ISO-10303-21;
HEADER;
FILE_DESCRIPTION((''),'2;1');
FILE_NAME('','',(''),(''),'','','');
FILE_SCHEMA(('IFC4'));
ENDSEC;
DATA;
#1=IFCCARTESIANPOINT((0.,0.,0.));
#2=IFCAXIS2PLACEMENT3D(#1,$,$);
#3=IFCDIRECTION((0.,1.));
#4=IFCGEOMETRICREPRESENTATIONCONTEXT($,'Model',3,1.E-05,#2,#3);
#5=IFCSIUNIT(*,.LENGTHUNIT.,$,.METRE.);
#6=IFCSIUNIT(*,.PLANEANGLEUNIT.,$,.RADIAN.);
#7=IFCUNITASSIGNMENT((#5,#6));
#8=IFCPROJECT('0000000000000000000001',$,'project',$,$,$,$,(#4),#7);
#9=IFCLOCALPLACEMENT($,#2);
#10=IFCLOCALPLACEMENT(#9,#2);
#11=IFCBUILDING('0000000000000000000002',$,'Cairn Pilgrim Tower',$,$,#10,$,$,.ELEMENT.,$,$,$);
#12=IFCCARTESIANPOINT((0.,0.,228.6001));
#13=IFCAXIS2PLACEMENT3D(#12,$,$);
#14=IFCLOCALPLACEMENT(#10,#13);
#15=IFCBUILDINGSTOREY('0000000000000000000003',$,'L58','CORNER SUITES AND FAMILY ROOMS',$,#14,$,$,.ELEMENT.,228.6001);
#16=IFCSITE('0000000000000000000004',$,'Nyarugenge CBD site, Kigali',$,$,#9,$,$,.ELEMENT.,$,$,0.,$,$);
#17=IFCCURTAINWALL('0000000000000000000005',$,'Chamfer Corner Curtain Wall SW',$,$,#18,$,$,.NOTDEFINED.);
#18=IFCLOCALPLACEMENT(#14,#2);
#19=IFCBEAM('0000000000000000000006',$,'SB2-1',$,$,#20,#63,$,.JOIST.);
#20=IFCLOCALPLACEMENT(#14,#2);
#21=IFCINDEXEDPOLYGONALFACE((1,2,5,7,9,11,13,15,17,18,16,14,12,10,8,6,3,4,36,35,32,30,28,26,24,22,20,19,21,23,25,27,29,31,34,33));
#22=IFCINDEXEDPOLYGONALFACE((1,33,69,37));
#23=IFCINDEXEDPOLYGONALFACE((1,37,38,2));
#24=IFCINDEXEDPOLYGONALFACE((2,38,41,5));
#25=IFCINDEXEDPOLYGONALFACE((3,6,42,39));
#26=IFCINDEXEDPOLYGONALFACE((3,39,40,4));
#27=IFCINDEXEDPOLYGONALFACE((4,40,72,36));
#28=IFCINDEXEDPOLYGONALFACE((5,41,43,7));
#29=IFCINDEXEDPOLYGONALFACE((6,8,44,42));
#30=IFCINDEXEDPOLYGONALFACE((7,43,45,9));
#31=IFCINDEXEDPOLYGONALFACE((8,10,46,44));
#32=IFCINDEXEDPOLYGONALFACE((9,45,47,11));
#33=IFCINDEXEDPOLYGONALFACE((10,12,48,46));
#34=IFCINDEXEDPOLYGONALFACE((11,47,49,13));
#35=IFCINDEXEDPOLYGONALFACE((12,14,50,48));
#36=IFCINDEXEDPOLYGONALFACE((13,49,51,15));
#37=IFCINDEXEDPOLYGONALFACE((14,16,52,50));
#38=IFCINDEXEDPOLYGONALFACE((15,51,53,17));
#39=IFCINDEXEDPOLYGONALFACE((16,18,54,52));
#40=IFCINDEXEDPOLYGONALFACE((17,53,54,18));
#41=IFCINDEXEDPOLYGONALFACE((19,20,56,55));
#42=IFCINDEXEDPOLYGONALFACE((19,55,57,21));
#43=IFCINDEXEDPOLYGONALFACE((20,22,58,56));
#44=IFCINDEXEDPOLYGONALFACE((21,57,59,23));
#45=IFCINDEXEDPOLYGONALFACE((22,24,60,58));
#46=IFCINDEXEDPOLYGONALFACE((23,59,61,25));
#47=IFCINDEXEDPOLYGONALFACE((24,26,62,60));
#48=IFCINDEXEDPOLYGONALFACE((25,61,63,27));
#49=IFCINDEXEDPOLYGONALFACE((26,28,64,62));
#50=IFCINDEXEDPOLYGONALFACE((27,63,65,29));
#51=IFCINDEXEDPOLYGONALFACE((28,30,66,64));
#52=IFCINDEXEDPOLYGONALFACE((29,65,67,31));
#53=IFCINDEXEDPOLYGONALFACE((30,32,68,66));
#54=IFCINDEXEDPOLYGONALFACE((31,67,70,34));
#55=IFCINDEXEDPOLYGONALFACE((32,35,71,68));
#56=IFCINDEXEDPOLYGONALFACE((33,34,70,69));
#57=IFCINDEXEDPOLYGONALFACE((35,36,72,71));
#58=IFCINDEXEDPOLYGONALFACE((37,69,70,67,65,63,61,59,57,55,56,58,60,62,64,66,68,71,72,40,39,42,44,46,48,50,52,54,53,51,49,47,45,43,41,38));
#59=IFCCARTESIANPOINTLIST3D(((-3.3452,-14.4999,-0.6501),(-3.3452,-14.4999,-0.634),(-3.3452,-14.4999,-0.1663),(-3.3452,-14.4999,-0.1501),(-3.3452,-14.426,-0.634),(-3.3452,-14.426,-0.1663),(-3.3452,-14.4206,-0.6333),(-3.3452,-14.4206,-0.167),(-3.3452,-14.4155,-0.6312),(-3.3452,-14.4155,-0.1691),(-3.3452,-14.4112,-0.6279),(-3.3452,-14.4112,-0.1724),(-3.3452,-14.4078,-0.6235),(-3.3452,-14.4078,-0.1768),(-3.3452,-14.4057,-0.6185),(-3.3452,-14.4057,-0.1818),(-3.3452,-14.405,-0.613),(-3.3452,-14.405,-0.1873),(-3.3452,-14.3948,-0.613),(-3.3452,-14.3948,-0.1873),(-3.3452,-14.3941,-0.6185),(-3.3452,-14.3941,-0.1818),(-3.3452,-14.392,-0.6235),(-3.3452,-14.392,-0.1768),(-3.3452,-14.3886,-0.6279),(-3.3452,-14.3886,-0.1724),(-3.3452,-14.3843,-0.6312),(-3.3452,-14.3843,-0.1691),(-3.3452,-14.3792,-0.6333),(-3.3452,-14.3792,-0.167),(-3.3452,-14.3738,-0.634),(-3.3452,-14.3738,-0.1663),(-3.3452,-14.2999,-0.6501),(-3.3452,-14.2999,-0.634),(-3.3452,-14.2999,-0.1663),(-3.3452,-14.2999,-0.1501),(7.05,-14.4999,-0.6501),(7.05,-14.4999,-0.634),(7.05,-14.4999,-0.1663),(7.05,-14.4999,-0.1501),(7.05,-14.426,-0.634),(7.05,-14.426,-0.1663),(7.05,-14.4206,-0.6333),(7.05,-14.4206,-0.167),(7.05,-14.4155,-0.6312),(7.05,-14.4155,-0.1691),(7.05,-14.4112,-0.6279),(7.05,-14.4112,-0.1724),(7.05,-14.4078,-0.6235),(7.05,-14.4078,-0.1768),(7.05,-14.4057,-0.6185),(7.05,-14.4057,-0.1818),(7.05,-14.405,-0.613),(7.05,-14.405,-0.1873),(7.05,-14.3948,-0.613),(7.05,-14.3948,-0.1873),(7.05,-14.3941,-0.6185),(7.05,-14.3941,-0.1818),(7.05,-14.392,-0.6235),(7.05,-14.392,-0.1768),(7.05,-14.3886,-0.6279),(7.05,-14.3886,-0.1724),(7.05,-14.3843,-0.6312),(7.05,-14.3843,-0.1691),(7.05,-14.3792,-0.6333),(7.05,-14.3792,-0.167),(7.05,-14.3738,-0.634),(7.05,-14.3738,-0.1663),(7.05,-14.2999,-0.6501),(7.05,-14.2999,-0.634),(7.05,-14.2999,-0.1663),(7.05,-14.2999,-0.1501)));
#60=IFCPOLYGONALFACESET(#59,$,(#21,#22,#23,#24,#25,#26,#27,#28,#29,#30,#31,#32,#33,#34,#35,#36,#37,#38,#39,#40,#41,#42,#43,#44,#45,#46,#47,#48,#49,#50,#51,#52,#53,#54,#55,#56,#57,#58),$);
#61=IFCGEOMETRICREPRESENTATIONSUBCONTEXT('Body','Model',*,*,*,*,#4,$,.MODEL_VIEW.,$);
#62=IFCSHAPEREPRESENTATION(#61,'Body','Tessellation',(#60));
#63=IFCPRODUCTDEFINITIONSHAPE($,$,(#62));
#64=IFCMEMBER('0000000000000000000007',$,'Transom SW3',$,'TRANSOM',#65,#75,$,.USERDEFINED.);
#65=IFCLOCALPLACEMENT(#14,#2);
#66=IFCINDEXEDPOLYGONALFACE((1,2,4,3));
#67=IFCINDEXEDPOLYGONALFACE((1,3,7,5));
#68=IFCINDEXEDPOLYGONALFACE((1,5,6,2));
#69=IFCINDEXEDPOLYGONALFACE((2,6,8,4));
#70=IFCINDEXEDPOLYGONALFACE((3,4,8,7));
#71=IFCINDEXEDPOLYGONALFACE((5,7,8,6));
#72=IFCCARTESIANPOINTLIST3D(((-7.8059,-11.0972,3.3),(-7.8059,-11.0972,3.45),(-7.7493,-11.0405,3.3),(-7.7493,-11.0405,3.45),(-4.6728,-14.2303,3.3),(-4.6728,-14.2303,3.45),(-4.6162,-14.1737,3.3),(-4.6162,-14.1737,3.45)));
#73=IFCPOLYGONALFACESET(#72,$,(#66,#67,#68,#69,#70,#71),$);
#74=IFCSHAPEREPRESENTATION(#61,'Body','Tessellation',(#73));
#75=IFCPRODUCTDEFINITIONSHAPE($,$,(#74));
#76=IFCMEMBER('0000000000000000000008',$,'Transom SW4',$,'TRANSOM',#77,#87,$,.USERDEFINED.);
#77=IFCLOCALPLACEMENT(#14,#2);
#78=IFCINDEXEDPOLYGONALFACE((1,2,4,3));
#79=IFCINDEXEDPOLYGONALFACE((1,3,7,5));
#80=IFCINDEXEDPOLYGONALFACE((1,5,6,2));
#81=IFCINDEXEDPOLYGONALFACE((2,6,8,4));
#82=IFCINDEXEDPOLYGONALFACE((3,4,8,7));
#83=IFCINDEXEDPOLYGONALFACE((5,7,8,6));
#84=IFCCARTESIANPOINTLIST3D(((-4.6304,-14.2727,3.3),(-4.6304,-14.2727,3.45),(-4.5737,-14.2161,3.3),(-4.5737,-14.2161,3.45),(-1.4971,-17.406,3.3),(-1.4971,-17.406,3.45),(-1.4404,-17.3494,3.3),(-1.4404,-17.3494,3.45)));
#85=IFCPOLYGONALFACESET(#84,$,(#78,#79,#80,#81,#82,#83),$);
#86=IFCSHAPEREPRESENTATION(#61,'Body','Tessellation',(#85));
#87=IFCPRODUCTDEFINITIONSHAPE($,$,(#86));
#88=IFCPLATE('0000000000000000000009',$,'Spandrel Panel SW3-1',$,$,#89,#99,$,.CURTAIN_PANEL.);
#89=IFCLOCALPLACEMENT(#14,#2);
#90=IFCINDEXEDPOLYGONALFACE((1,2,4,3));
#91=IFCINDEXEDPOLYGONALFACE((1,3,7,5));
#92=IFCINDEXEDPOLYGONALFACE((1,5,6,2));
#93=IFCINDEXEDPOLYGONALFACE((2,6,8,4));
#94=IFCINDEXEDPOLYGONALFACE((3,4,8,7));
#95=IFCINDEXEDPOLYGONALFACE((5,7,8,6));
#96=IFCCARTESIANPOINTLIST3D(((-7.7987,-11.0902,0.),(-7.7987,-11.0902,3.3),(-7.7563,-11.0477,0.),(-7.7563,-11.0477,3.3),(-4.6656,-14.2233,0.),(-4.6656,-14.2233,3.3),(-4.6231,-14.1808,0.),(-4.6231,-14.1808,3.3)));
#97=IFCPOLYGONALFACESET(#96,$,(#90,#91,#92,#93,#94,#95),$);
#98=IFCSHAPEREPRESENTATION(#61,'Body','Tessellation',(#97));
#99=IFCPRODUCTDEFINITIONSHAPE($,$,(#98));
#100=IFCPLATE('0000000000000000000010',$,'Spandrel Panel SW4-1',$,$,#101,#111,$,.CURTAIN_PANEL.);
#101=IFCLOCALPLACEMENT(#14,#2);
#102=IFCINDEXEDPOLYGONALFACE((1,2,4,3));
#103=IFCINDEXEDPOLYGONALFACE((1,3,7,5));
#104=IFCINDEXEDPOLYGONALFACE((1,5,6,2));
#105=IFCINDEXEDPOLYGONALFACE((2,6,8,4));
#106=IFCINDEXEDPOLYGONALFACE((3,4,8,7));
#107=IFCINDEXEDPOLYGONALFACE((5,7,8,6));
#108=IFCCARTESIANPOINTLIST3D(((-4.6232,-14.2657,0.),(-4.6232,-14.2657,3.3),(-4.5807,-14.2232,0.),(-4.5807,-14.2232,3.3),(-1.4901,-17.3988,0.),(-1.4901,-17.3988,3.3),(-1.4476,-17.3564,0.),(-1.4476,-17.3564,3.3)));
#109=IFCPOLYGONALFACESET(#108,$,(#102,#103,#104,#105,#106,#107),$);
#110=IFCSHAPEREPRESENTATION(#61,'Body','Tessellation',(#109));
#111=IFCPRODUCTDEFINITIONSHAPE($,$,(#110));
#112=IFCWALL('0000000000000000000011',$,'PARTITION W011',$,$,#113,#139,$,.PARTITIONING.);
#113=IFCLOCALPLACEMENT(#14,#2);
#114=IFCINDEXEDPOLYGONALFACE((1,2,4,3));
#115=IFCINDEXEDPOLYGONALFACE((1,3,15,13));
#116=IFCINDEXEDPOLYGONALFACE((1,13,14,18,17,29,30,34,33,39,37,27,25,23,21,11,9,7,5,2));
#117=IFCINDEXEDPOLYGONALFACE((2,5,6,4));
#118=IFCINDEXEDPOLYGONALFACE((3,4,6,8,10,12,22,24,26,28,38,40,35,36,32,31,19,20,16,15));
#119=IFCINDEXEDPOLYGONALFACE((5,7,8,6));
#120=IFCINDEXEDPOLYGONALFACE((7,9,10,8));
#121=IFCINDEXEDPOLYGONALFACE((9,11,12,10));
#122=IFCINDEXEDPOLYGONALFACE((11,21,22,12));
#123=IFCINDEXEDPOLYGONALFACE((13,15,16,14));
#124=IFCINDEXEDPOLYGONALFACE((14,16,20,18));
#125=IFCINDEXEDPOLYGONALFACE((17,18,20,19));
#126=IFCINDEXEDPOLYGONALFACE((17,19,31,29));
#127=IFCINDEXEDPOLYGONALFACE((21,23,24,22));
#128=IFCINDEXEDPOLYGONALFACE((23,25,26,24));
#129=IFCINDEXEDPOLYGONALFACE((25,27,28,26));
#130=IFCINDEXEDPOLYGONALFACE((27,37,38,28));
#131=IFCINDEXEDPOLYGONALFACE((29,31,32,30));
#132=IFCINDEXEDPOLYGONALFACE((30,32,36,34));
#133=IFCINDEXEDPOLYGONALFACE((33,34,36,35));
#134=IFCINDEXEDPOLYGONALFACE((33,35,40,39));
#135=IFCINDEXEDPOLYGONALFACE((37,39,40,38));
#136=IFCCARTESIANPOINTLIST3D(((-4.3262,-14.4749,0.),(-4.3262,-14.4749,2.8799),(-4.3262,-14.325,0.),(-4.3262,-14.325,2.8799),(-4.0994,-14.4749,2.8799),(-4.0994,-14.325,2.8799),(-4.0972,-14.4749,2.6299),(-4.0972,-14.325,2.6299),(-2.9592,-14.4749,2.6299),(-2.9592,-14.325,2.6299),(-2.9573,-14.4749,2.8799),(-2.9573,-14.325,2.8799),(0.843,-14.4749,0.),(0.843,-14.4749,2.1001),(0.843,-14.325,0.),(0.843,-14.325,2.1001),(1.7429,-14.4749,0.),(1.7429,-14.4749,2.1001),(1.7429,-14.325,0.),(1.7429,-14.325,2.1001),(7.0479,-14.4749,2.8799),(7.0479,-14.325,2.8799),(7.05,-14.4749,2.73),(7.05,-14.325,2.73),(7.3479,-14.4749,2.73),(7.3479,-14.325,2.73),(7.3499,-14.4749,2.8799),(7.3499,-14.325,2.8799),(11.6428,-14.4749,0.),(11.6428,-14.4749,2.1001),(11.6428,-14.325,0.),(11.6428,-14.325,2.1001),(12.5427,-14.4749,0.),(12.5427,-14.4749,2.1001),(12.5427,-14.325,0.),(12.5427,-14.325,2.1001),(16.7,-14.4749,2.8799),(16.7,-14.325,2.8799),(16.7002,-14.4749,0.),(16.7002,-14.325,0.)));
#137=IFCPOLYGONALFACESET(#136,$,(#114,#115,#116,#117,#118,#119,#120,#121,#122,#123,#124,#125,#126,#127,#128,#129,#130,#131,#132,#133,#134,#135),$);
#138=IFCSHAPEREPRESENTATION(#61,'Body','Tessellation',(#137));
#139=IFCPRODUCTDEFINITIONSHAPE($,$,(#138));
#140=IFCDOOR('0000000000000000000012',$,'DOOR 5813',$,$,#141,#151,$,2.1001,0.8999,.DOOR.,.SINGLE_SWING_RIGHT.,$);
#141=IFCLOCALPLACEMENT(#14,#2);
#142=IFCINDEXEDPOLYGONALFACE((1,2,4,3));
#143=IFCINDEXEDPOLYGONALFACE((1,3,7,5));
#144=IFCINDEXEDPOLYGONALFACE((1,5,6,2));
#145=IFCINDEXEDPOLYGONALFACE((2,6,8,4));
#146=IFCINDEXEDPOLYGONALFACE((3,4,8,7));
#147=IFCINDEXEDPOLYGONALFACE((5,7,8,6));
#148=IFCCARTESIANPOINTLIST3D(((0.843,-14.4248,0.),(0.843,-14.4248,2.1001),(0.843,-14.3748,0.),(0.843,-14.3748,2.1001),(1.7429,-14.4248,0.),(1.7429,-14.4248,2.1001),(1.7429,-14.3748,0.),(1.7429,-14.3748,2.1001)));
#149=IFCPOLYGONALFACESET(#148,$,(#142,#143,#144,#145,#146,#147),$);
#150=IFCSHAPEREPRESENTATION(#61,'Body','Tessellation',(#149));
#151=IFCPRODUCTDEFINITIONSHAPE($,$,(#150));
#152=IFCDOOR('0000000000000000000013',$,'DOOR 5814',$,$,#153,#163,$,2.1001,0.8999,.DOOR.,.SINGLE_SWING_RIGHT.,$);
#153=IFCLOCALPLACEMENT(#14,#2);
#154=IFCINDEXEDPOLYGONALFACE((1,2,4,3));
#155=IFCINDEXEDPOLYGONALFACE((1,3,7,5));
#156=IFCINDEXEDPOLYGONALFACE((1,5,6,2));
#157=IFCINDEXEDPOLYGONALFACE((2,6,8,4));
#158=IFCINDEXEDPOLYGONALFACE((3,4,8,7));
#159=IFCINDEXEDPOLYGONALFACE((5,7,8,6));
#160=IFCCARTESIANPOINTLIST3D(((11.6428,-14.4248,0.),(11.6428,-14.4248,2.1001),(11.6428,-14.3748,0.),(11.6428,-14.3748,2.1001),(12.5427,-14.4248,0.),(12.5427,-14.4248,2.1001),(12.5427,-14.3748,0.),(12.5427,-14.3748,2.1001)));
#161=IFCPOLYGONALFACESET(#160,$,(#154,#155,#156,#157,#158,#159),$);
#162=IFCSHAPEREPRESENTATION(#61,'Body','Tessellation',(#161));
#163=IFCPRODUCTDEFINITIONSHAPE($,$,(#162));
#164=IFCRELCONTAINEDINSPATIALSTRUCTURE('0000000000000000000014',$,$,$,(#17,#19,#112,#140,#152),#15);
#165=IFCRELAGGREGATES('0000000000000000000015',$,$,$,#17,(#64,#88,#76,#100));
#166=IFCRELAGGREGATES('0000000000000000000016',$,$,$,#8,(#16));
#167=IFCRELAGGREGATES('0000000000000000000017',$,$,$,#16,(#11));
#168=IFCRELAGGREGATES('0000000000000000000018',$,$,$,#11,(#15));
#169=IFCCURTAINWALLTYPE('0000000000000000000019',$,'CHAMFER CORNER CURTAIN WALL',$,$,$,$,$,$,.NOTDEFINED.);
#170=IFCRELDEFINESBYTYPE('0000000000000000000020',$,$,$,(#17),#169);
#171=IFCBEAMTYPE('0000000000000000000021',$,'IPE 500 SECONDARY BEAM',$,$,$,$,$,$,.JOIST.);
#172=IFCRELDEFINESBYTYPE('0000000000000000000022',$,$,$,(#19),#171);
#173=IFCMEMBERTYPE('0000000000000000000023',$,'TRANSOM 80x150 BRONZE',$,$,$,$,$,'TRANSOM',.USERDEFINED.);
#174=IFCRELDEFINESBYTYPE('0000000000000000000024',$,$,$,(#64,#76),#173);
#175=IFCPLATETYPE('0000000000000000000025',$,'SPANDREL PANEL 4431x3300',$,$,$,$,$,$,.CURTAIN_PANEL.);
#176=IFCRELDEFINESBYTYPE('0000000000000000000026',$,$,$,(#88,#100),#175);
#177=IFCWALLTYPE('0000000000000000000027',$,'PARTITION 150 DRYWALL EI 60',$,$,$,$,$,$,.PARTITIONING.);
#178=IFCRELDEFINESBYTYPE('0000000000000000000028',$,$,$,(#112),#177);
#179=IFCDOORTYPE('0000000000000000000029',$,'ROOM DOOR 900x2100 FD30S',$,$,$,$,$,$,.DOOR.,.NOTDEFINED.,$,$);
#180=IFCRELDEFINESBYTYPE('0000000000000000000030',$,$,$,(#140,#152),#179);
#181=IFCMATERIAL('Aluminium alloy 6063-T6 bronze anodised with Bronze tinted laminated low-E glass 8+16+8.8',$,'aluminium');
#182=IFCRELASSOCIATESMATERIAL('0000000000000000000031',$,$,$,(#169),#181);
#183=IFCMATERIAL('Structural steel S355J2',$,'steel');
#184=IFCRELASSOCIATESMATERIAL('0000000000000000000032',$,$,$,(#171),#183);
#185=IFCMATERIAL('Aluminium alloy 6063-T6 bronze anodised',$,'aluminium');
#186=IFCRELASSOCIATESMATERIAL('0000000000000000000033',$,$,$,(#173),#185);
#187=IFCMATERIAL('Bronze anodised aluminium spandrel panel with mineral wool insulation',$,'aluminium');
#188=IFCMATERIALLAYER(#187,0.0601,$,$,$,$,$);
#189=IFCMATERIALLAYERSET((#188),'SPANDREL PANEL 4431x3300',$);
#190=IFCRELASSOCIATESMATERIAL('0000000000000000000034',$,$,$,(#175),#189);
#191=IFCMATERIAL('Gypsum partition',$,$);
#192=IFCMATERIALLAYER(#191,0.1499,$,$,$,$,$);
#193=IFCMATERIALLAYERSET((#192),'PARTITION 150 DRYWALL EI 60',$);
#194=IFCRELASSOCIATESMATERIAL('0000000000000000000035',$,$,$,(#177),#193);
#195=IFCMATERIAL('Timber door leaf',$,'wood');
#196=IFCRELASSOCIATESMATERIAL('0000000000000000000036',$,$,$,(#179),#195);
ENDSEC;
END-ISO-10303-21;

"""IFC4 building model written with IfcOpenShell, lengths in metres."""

from ifc_helpers import new_model, si_unit, direction, frame, frame_2d, origin, origin_2d, place, context, subcontext, project, spatial, polyline, rectangle, i_section, outline, extrude, material, layer, layer_set, material_profile, profile_set, type_object, element, fill, aggregate, save


model = new_model("IFC4")

# Units and contexts
model_context = context("Model", 3, precision=1e-05, world=origin(), true_north=direction((0.0, 1.0)))
body_context = subcontext(model_context, "Body", "Model", "MODEL_VIEW")
ifc_project = project(units=[si_unit("LENGTHUNIT", "METRE"), si_unit("PLANEANGLEUNIT", "RADIAN")], contexts=[model_context])

# Site, building, storey
site_placement = place(None, origin())
site = spatial("IfcSite", under=ifc_project, at=site_placement, Name="Nyarugenge CBD site, Kigali", CompositionType="ELEMENT", RefElevation=0.0)
building_placement = place(site_placement, origin())
building = spatial("IfcBuilding", under=site, at=building_placement, Name="Cairn Pilgrim Tower", CompositionType="ELEMENT")
storey_placement = place(building_placement, frame((0.0, 0.0, 228.6001)))
storey = spatial("IfcBuildingStorey", under=building, at=storey_placement, Name="L58", Description="CORNER SUITES AND FAMILY ROOMS", CompositionType="ELEMENT", Elevation=228.6001)

# Shared definitions
ifc_material_1 = material(Name="Structural steel S355J2", Category="steel")

# Curtain wall
ifc_material_2 = material(Name="Aluminium alloy 6063-T6 bronze anodised with Bronze tinted laminated low-E glass 8+16+8.8", Category="aluminium")
curtain_wall_type = type_object("IfcCurtainWallType", Name="CHAMFER CORNER CURTAIN WALL", PredefinedType="NOTDEFINED", material=ifc_material_2)
curtain_wall_placement = place(storey_placement, origin())
curtain_wall = element("IfcCurtainWall", 1, at=curtain_wall_placement, inside=storey, type_object=curtain_wall_type, Name="Chamfer Corner Curtain Wall SW", PredefinedType="NOTDEFINED")
ifc_material_3 = material(Name="Aluminium alloy 6063-T6 bronze anodised", Category="aluminium")

# Beam
ifc_material_profile_1 = material_profile(ifc_material_1, i_section(OverallWidth=0.2, OverallDepth=0.5, WebThickness=0.0103, FlangeThickness=0.0161, FilletRadius=0.021, at=origin_2d()), Name="IPE 500")
ifc_profile_set_1 = profile_set([ifc_material_profile_1], Name="Structural steel S355J2")
beam_type_1 = type_object("IfcBeamType", Name="IPE 500 SECONDARY BEAM", PredefinedType="JOIST", material=ifc_profile_set_1)
beam_1_placement = place(storey_placement, frame((-3.3452, -14.3999, -0.4001), z_axis=(1.0, 0.0, 0.0), x_axis=(0.0, 1.0, 0.0)))
element("IfcBeam", 2, at=beam_1_placement, inside=storey, type_object=beam_type_1, Name="SB2-1", PredefinedType="JOIST", context=body_context, shape_type="SweptSolid", body=[
    extrude(i_section(OverallWidth=0.2, OverallDepth=0.5, WebThickness=0.0103, FlangeThickness=0.0161, FilletRadius=0.021, at=origin_2d()), origin(), (0.0, 0.0, 1.0), 10.3953),
])

# Members
ifc_material_profile_2 = material_profile(ifc_material_3, rectangle(XDim=0.0801, YDim=0.1499, at=origin_2d()), Name="TRANSOM 80x150 BRONZE")
ifc_profile_set_2 = profile_set([ifc_material_profile_2], Name="Aluminium alloy 6063-T6 bronze anodised")
member_type_1 = type_object("IfcMemberType", Name="TRANSOM 80x150 BRONZE", ElementType="TRANSOM", PredefinedType="USERDEFINED", material=ifc_profile_set_2)
member_1_placement = place(storey_placement, frame((-7.7776, -11.0688, 3.375), z_axis=(0.707107, -0.707107, 0.0), x_axis=(0.707107, 0.707107, 0.0)))
member_1 = element("IfcMember", 3, at=member_1_placement, type_object=member_type_1, Name="Transom SW3", ObjectType="TRANSOM", PredefinedType="USERDEFINED", context=body_context, shape_type="SweptSolid", body=[
    extrude(rectangle(XDim=0.0801, YDim=0.1499, at=origin_2d()), origin(), (0.0, 0.0, 1.0), 4.4309),
])
member_2_placement = place(storey_placement, frame((-4.6021, -14.2444, 3.375), z_axis=(0.707107, -0.707107, 0.0), x_axis=(0.707107, 0.707107, 0.0)))
member_2 = element("IfcMember", 4, at=member_2_placement, type_object=member_type_1, Name="Transom SW4", ObjectType="TRANSOM", PredefinedType="USERDEFINED", context=body_context, shape_type="SweptSolid", body=[
    extrude(rectangle(XDim=0.0801, YDim=0.1499, at=origin_2d()), origin(), (0.0, 0.0, 1.0), 4.4312),
])

# Plates
ifc_material_4 = material(Name="Bronze anodised aluminium spandrel panel with mineral wool insulation", Category="aluminium")
ifc_layer_1 = layer(ifc_material_4, 0.0601)
ifc_layer_set_1 = layer_set([ifc_layer_1], Name="SPANDREL PANEL 4431x3300")
plate_type = type_object("IfcPlateType", Name="SPANDREL PANEL 4431x3300", PredefinedType="CURTAIN_PANEL", material=ifc_layer_set_1)
plate_1_placement = place(storey_placement, frame((-6.2109, -12.6355, 0.0), z_axis=(0.0, 0.0, 1.0), x_axis=(0.707107, -0.707107, 0.0)))
plate_1 = element("IfcPlate", 5, at=plate_1_placement, type_object=plate_type, Name="Spandrel Panel SW3-1", PredefinedType="CURTAIN_PANEL", context=body_context, shape_type="SweptSolid", body=[
    extrude(rectangle(XDim=4.4309, YDim=0.0601, at=origin_2d()), origin(), (0.0, 0.0, 1.0), 3.3),
])
plate_2_placement = place(storey_placement, frame((-3.0354, -15.811, 0.0), z_axis=(0.0, 0.0, 1.0), x_axis=(0.707107, -0.707107, 0.0)))
plate_2 = element("IfcPlate", 6, at=plate_2_placement, type_object=plate_type, Name="Spandrel Panel SW4-1", PredefinedType="CURTAIN_PANEL", context=body_context, shape_type="SweptSolid", body=[
    extrude(rectangle(XDim=4.4309, YDim=0.0601, at=origin_2d()), origin(), (0.0, 0.0, 1.0), 3.3),
])
aggregate(curtain_wall, [member_1, plate_1, member_2, plate_2])

# Wall, openings, doors
ifc_material_5 = material(Name="Gypsum partition")
ifc_layer_2 = layer(ifc_material_5, 0.1499)
ifc_layer_set_2 = layer_set([ifc_layer_2], Name="PARTITION 150 DRYWALL EI 60")
wall_type_1 = type_object("IfcWallType", Name="PARTITION 150 DRYWALL EI 60", PredefinedType="PARTITIONING", material=ifc_layer_set_2)
wall_1_placement = place(storey_placement, frame((-4.3262, -14.3999, 0.0), z_axis=(0.0, 0.0, 1.0), x_axis=(1.0, 0.0, 0.0)))
wall_1 = element("IfcWall", 7, at=wall_1_placement, inside=storey, type_object=wall_type_1, Name="PARTITION W011", PredefinedType="PARTITIONING", context=body_context, shape_type="SweptSolid", body=[
    extrude(outline(polyline([(0.0, 0.0), (21.0264, 0.0), (21.0261, 2.8799), (11.676, 2.8799), (11.6741, 2.73), (11.3762, 2.73), (11.374, 2.8799), (1.3689, 2.8799), (1.3669, 2.6299), (0.229, 2.6299), (0.2268, 2.8799), (0.0, 2.8799), (0.0, 0.0)])), frame((0.0, 0.075, 0.0), z_axis=(0.0, -1.0, 0.0), x_axis=(1.0, 0.0, 0.0)), (0.0, 0.0, 1.0), 0.1499),
])
opening_1_placement = place(wall_1_placement, frame((5.1692, 0.0, 0.0)))
opening_1 = element("IfcOpeningElement", 8, at=opening_1_placement, cuts=wall_1, PredefinedType="OPENING", context=body_context, shape_type="SweptSolid", body=[
    extrude(rectangle(XDim=0.8999, YDim=2.1001, at=frame_2d((0.45, 1.05))), frame((0.0, 0.085, 0.0), z_axis=(0.0, -1.0, 0.0), x_axis=(1.0, 0.0, 0.0)), (0.0, 0.0, 1.0), 0.1699),
])
opening_2_placement = place(wall_1_placement, frame((15.969, 0.0, 0.0)))
opening_2 = element("IfcOpeningElement", 9, at=opening_2_placement, cuts=wall_1, PredefinedType="OPENING", context=body_context, shape_type="SweptSolid", body=[
    extrude(rectangle(XDim=0.8999, YDim=2.1001, at=frame_2d((0.45, 1.05))), frame((0.0, 0.085, 0.0), z_axis=(0.0, -1.0, 0.0), x_axis=(1.0, 0.0, 0.0)), (0.0, 0.0, 1.0), 0.1699),
])
ifc_material_6 = material(Name="Timber door leaf", Category="wood")
door_type_1 = type_object("IfcDoorType", Name="ROOM DOOR 900x2100 FD30S", OperationType="NOTDEFINED", PredefinedType="DOOR", material=ifc_material_6)
door_1_placement = place(opening_1_placement, frame((0.8999, 0.0, 0.0), z_axis=(0.0, 0.0, 1.0), x_axis=(-1.0, 0.0, 0.0)))
door_1 = element("IfcDoor", 10, at=door_1_placement, inside=storey, type_object=door_type_1, Name="DOOR 5813", OperationType="SINGLE_SWING_RIGHT", OverallHeight=2.1001, OverallWidth=0.8999, PredefinedType="DOOR", context=body_context, shape_type="SweptSolid", body=[
    extrude(rectangle(XDim=0.8999, YDim=2.1001, at=frame_2d((0.45, 1.05))), frame((0.0, 0.0249, 0.0), z_axis=(0.0, -1.0, 0.0), x_axis=(1.0, 0.0, 0.0)), (0.0, 0.0, 1.0), 0.05),
])
fill(opening_1, door_1)
door_2_placement = place(opening_2_placement, frame((0.8999, 0.0, 0.0), z_axis=(0.0, 0.0, 1.0), x_axis=(-1.0, 0.0, 0.0)))
door_2 = element("IfcDoor", 11, at=door_2_placement, inside=storey, type_object=door_type_1, Name="DOOR 5814", OperationType="SINGLE_SWING_RIGHT", OverallHeight=2.1001, OverallWidth=0.8999, PredefinedType="DOOR", context=body_context, shape_type="SweptSolid", body=[
    extrude(rectangle(XDim=0.8999, YDim=2.1001, at=frame_2d((0.45, 1.05))), frame((0.0, 0.0249, 0.0), z_axis=(0.0, -1.0, 0.0), x_axis=(1.0, 0.0, 0.0)), (0.0, 0.0, 1.0), 0.05),
])
fill(opening_2, door_2)

save(model, "model.ifc")
